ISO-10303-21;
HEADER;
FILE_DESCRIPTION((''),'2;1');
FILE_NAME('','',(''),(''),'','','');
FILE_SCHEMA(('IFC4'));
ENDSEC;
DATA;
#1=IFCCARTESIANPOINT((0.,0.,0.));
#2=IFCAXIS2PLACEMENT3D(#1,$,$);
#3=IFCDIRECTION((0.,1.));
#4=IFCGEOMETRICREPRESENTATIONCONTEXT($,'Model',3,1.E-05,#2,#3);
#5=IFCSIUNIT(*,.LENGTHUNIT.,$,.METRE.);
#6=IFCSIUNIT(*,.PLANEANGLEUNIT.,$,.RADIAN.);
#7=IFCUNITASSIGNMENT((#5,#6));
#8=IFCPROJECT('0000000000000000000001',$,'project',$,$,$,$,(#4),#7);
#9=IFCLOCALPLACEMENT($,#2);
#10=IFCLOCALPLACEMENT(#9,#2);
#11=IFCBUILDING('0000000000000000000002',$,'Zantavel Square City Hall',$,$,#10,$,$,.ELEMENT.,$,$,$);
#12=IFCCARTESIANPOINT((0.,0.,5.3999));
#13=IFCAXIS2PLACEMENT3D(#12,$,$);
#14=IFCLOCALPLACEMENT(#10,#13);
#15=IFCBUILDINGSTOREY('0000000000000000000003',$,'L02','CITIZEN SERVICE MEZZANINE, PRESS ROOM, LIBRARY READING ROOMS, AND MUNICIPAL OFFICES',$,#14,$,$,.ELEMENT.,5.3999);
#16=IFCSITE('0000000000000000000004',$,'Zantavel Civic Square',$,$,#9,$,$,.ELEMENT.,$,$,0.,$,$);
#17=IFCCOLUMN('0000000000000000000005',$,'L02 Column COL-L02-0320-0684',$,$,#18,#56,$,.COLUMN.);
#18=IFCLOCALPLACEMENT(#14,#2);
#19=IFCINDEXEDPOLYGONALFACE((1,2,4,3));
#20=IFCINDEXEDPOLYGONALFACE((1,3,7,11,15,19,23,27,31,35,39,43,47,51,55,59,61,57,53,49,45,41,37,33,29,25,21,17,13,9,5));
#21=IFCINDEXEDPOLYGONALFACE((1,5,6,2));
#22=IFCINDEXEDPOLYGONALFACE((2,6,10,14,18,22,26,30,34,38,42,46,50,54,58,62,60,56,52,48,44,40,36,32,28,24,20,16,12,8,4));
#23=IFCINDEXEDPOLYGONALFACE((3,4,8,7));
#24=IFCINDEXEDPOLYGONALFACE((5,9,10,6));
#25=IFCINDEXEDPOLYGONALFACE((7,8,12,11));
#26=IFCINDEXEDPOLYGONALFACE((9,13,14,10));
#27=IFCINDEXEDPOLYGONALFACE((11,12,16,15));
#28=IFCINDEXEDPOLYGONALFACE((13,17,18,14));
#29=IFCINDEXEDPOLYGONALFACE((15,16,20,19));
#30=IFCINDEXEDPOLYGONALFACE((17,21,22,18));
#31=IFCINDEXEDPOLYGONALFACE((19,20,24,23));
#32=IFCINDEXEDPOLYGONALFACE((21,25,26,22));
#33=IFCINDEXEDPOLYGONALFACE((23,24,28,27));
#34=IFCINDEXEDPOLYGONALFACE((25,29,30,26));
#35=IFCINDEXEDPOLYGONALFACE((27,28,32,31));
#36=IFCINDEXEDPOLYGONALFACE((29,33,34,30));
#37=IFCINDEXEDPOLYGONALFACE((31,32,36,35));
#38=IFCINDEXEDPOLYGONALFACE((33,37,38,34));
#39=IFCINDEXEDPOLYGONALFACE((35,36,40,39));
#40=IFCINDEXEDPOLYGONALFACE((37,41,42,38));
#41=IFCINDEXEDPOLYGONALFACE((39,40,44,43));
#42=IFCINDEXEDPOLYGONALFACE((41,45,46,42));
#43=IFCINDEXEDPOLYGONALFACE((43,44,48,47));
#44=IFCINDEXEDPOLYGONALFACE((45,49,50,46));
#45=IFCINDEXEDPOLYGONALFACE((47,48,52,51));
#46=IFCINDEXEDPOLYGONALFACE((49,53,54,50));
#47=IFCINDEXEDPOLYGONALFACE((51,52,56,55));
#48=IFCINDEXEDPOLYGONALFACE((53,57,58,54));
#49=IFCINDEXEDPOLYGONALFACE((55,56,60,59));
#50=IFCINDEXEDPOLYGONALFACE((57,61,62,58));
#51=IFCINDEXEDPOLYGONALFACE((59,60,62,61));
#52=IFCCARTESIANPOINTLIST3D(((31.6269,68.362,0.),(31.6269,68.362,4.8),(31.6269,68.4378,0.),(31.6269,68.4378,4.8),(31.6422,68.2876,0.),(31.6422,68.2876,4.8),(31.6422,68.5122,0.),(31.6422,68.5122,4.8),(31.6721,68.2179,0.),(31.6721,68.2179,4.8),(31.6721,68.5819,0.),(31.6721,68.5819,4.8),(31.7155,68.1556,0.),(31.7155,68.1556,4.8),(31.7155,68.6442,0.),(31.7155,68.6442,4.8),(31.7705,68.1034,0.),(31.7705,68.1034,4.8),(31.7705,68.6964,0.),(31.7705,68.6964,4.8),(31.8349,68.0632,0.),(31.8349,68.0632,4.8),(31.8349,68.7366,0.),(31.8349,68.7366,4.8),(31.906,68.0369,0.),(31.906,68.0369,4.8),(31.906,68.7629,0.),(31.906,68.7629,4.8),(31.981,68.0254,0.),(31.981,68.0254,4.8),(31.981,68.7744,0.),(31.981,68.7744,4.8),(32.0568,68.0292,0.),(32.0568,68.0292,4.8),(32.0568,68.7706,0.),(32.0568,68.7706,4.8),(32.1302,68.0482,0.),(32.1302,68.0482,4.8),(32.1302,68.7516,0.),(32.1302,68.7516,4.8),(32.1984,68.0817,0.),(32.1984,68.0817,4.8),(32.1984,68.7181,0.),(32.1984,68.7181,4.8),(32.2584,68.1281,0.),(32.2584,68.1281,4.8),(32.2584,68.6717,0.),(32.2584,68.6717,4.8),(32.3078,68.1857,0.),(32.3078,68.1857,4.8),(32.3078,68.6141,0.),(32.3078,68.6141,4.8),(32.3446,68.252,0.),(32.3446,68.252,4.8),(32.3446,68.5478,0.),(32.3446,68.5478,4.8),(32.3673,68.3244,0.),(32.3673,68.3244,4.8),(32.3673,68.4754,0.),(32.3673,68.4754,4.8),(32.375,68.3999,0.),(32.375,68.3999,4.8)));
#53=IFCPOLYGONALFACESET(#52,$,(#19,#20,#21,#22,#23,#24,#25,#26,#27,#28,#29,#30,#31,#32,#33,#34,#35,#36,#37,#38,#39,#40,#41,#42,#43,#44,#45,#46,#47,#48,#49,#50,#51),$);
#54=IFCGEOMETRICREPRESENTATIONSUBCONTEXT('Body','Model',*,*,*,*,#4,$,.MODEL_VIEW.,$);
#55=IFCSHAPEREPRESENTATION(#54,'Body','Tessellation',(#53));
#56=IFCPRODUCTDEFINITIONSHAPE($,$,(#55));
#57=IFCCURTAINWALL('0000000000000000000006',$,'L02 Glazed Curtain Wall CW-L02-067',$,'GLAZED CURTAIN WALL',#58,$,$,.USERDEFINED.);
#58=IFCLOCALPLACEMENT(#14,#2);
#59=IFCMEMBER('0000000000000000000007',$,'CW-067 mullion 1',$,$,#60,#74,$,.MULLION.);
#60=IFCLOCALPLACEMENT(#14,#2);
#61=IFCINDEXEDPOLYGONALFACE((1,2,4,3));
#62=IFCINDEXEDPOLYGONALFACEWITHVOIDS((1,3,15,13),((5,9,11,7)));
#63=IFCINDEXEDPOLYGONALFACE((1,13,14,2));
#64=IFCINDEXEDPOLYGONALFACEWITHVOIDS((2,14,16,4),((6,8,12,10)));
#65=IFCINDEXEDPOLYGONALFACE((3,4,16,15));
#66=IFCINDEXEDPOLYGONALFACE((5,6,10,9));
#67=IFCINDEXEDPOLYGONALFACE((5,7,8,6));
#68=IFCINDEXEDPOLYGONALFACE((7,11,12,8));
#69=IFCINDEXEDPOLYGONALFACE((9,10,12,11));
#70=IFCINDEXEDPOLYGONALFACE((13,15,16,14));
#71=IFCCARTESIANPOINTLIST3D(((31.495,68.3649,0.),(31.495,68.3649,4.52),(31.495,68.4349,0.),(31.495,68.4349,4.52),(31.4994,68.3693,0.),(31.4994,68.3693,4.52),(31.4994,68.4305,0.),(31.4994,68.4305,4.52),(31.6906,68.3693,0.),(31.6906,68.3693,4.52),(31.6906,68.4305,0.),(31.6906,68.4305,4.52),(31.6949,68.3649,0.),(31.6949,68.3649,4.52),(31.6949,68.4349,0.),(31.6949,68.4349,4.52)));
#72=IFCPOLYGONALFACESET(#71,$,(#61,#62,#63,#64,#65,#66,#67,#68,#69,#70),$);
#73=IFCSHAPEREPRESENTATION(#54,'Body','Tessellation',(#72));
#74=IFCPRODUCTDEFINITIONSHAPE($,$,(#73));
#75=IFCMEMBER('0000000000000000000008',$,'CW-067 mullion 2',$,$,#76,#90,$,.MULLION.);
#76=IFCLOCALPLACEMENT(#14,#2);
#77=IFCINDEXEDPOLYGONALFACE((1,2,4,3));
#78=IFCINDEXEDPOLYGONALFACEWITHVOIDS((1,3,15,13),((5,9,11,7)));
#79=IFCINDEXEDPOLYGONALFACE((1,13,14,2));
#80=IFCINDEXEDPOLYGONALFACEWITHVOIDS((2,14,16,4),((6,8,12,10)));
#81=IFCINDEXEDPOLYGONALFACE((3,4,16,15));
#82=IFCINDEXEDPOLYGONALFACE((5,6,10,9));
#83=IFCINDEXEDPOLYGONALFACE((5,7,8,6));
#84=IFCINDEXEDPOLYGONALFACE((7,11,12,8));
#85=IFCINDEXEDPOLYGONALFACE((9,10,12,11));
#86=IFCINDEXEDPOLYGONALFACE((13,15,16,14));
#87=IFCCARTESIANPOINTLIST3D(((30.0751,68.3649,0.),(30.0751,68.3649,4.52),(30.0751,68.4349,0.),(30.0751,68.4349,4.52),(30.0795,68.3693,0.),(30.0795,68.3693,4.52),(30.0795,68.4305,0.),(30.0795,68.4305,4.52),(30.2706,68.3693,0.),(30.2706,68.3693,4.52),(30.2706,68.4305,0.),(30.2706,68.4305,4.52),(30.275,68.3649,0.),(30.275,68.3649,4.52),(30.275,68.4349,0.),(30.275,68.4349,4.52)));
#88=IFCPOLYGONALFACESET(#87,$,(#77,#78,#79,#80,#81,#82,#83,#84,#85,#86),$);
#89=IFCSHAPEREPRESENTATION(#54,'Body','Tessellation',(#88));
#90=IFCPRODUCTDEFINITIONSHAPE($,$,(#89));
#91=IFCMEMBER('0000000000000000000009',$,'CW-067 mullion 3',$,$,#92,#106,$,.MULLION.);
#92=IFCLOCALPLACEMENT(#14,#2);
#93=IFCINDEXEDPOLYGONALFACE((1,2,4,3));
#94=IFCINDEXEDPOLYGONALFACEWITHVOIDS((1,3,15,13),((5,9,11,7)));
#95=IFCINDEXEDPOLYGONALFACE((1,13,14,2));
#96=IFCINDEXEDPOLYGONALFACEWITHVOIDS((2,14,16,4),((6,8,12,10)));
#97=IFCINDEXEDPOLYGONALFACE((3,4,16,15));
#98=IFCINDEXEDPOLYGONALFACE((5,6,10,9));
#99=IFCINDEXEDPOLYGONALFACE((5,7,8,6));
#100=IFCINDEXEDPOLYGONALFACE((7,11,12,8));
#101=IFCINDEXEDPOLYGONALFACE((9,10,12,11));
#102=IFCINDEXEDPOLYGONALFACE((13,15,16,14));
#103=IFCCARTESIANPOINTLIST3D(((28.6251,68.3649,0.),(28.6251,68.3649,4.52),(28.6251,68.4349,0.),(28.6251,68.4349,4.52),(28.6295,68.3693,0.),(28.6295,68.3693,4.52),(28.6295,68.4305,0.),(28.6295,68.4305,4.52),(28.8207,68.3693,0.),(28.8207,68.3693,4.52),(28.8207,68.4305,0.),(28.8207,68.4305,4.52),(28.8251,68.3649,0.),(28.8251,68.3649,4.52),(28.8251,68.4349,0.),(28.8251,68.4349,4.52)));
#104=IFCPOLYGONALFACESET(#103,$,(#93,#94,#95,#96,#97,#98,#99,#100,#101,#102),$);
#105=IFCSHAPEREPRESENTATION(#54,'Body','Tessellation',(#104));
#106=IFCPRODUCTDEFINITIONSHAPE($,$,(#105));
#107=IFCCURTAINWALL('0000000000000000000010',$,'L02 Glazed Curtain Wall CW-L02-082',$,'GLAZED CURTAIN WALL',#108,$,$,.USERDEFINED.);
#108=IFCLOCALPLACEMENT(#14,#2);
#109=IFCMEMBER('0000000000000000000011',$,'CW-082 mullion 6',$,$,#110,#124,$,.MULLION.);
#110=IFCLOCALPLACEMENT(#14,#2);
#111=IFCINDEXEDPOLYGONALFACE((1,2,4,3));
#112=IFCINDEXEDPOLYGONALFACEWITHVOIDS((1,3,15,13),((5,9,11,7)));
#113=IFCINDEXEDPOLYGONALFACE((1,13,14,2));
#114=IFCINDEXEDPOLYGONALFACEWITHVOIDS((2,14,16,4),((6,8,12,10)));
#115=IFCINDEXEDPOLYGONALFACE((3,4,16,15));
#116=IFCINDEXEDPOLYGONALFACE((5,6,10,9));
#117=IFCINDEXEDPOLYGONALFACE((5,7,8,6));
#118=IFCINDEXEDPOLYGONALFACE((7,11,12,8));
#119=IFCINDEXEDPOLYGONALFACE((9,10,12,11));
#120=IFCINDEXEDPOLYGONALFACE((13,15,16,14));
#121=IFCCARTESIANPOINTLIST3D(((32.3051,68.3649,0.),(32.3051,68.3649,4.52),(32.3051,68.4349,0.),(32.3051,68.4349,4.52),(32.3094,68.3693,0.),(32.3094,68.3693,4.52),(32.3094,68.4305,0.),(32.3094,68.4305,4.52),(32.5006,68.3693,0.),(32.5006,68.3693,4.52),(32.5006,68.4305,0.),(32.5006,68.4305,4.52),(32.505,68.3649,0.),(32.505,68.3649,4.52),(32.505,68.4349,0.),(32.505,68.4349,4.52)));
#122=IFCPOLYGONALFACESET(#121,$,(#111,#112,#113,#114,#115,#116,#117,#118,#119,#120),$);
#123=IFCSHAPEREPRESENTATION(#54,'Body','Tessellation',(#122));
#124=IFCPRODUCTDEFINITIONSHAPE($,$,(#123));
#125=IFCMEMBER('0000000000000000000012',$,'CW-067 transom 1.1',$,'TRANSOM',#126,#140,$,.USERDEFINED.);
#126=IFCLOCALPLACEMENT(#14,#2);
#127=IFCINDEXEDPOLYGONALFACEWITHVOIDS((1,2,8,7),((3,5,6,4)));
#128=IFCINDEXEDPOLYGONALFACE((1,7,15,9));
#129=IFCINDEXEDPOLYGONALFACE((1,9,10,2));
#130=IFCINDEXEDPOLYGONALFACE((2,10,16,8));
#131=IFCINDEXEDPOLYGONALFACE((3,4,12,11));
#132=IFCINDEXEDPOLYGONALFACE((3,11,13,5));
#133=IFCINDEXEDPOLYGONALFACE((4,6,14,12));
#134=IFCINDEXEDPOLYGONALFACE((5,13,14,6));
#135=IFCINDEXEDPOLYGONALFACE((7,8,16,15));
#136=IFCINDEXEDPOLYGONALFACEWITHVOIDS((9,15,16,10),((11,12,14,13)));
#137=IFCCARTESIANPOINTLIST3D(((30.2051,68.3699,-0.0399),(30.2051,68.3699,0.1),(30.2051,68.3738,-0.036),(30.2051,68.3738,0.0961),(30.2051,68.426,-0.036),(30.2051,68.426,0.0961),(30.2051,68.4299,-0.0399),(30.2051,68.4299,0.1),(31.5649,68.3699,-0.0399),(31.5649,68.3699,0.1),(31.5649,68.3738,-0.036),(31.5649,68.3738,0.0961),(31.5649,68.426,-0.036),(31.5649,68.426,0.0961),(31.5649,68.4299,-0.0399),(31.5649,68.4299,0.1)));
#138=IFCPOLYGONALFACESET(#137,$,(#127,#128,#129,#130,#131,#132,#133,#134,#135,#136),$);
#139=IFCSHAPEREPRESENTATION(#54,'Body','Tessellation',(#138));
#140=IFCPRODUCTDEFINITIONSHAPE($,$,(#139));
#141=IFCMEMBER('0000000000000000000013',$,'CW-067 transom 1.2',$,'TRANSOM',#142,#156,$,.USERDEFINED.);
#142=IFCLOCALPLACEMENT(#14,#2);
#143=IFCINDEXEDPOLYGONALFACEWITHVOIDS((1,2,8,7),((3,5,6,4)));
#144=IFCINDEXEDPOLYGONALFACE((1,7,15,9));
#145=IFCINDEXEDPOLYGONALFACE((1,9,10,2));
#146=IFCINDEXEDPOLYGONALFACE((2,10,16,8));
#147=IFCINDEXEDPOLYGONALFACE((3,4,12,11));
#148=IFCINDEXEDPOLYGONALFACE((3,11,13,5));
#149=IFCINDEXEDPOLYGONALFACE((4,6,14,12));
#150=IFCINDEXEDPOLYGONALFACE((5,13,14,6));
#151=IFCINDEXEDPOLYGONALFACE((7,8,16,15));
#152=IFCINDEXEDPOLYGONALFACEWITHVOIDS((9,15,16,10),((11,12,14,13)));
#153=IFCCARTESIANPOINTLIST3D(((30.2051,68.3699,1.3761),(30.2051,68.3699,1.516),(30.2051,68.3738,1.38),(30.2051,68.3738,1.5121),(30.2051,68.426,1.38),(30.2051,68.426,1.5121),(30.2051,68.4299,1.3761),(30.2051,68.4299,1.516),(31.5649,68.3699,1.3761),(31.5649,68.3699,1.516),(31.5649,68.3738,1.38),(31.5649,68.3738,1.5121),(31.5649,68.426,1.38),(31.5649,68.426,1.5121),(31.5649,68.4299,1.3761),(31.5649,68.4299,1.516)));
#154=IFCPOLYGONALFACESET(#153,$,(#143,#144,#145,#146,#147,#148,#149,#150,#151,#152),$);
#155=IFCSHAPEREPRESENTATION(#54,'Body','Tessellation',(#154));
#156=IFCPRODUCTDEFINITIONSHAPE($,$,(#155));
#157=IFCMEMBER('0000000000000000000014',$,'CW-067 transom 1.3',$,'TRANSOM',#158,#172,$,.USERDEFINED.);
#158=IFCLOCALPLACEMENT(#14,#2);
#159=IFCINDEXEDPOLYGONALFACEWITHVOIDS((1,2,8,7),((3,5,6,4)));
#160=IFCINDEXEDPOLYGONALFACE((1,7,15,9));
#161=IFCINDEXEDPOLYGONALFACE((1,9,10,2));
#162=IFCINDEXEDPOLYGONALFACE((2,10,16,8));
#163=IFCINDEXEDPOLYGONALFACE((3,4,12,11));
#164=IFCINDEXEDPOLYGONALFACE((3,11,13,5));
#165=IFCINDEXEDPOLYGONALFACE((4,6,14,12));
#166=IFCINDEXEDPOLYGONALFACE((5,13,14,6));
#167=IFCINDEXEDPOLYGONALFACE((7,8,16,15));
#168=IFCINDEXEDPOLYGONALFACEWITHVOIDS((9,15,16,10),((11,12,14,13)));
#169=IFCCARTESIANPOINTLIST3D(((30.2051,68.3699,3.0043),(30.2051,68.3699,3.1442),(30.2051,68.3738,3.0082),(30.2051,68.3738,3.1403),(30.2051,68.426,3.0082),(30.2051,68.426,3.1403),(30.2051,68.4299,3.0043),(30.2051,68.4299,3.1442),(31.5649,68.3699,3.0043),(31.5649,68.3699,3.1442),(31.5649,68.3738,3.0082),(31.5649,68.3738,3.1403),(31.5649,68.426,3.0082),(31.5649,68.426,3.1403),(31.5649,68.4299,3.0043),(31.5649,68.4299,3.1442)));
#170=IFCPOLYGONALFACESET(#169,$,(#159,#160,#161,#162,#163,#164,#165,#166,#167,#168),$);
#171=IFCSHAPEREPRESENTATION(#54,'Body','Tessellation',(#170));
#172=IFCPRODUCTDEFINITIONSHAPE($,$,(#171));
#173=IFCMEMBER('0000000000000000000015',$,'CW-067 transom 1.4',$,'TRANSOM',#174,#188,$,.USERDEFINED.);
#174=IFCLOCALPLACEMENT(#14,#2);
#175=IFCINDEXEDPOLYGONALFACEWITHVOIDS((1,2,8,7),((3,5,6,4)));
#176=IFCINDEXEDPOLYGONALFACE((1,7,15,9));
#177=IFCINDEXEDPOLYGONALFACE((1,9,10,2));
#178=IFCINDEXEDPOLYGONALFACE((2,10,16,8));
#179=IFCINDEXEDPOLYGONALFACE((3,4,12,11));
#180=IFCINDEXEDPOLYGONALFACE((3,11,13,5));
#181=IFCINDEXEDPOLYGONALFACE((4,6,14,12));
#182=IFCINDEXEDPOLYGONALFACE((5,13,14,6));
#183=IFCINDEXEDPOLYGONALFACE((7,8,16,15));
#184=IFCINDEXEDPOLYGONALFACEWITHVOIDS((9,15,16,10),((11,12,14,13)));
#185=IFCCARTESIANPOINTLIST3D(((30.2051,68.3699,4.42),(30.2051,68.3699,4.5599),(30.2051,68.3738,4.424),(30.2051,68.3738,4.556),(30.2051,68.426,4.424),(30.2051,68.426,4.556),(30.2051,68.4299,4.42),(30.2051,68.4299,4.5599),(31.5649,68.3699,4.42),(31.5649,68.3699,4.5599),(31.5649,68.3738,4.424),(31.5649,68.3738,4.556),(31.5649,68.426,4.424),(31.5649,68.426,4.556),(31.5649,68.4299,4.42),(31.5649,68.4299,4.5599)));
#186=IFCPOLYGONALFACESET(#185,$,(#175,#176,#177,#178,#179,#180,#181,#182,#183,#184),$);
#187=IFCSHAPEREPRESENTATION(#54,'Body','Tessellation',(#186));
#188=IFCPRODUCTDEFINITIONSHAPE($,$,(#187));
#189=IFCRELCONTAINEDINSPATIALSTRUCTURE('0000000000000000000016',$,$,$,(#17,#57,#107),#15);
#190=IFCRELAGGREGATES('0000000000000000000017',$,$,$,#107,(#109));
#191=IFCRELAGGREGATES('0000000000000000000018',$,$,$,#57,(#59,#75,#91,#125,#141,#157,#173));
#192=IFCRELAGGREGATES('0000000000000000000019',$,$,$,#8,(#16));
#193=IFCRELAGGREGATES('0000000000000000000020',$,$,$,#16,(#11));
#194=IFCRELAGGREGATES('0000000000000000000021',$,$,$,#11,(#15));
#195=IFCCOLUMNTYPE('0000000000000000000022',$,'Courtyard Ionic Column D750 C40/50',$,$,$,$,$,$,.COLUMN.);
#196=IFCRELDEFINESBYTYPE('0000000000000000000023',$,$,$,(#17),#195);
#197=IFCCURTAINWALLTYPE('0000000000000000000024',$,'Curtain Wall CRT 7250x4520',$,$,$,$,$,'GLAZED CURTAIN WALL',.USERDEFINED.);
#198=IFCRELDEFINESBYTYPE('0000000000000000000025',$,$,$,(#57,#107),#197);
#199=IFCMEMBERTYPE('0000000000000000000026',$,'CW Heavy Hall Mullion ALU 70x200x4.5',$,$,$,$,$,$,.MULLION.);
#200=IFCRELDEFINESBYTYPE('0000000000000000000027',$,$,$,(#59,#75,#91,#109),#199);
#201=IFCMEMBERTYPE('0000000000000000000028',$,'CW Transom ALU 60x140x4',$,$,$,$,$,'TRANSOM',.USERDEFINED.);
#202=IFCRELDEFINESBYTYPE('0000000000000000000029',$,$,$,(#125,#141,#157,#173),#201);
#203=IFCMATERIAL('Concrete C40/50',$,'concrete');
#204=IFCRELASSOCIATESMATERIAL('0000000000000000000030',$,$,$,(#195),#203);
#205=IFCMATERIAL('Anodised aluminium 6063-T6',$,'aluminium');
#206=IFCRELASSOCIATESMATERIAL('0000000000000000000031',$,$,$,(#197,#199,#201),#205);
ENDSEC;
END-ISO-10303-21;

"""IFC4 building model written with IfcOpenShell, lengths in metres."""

from ifc_helpers import new_model, si_unit, direction, frame, origin, origin_2d, place, context, subcontext, project, spatial, hollow_rectangle, circle, extrude, material, material_profile, profile_set, type_object, element, aggregate, save


model = new_model("IFC4")

# Units and contexts
model_context = context("Model", 3, precision=1e-05, world=origin(), true_north=direction((0.0, 1.0)))
body_context = subcontext(model_context, "Body", "Model", "MODEL_VIEW")
ifc_project = project(units=[si_unit("LENGTHUNIT", "METRE"), si_unit("PLANEANGLEUNIT", "RADIAN")], contexts=[model_context])

# Site, building, storey
site_placement = place(None, origin())
site = spatial("IfcSite", under=ifc_project, at=site_placement, Name="Zantavel Civic Square", CompositionType="ELEMENT", RefElevation=0.0)
building_placement = place(site_placement, origin())
building = spatial("IfcBuilding", under=site, at=building_placement, Name="Zantavel Square City Hall", CompositionType="ELEMENT")
storey_placement = place(building_placement, frame((0.0, 0.0, 5.3999)))
storey = spatial("IfcBuildingStorey", under=building, at=storey_placement, Name="L02", Description="CITIZEN SERVICE MEZZANINE, PRESS ROOM, LIBRARY READING ROOMS, AND MUNICIPAL OFFICES", CompositionType="ELEMENT", Elevation=5.3999)

# Column
ifc_material_1 = material(Name="Concrete C40/50", Category="concrete")
ifc_material_profile_1 = material_profile(ifc_material_1, circle(Radius=0.375, at=origin_2d()), Name="ROUND D750")
ifc_profile_set_1 = profile_set([ifc_material_profile_1], Name="Concrete C40/50")
column_type = type_object("IfcColumnType", Name="Courtyard Ionic Column D750 C40/50", PredefinedType="COLUMN", material=ifc_profile_set_1)
column_placement = place(storey_placement, frame((32.0, 68.3999, 0.0), z_axis=(0.0, 0.0, 1.0), x_axis=(1.0, 0.0, 0.0)))
element("IfcColumn", 1, at=column_placement, inside=storey, type_object=column_type, Name="L02 Column COL-L02-0320-0684", PredefinedType="COLUMN", context=body_context, shape_type="SweptSolid", body=[
    extrude(circle(Radius=0.375, at=origin_2d()), origin(), (0.0, 0.0, 1.0), 4.8),
])

# Curtain wall, members
ifc_material_2 = material(Name="Anodised aluminium 6063-T6", Category="aluminium")
curtain_wall_type = type_object("IfcCurtainWallType", Name="Curtain Wall CRT 7250x4520", ElementType="GLAZED CURTAIN WALL", PredefinedType="USERDEFINED", material=ifc_material_2)
curtain_wall_1_placement = place(storey_placement, origin())
curtain_wall_1 = element("IfcCurtainWall", 2, at=curtain_wall_1_placement, inside=storey, type_object=curtain_wall_type, Name="L02 Glazed Curtain Wall CW-L02-067", ObjectType="GLAZED CURTAIN WALL", PredefinedType="USERDEFINED")
ifc_material_profile_2 = material_profile(ifc_material_2, hollow_rectangle(XDim=0.0701, YDim=0.2, WallThickness=0.0044, at=origin_2d()), Name="ALU 70x200x4.5")
ifc_profile_set_2 = profile_set([ifc_material_profile_2], Name="Anodised aluminium 6063-T6")
member_type_1 = type_object("IfcMemberType", Name="CW Heavy Hall Mullion ALU 70x200x4.5", PredefinedType="MULLION", material=ifc_profile_set_2)
member_1_placement = place(storey_placement, frame((31.595, 68.3999, 0.0), z_axis=(0.0, 0.0, 1.0), x_axis=(0.0, -1.0, 0.0)))
member_1 = element("IfcMember", 3, at=member_1_placement, type_object=member_type_1, Name="CW-067 mullion 1", PredefinedType="MULLION", context=body_context, shape_type="SweptSolid", body=[
    extrude(hollow_rectangle(XDim=0.0701, YDim=0.2, WallThickness=0.0044, at=origin_2d()), origin(), (0.0, 0.0, 1.0), 4.52),
])
member_2_placement = place(storey_placement, frame((30.175, 68.3999, 0.0), z_axis=(0.0, 0.0, 1.0), x_axis=(0.0, -1.0, 0.0)))
member_2 = element("IfcMember", 4, at=member_2_placement, type_object=member_type_1, Name="CW-067 mullion 2", PredefinedType="MULLION", context=body_context, shape_type="SweptSolid", body=[
    extrude(hollow_rectangle(XDim=0.0701, YDim=0.2, WallThickness=0.0044, at=origin_2d()), origin(), (0.0, 0.0, 1.0), 4.52),
])
member_3_placement = place(storey_placement, frame((28.7251, 68.3999, 0.0), z_axis=(0.0, 0.0, 1.0), x_axis=(0.0, -1.0, 0.0)))
member_3 = element("IfcMember", 5, at=member_3_placement, type_object=member_type_1, Name="CW-067 mullion 3", PredefinedType="MULLION", context=body_context, shape_type="SweptSolid", body=[
    extrude(hollow_rectangle(XDim=0.0701, YDim=0.2, WallThickness=0.0044, at=origin_2d()), origin(), (0.0, 0.0, 1.0), 4.52),
])

# Curtain wall, member
curtain_wall_2_placement = place(storey_placement, origin())
curtain_wall_2 = element("IfcCurtainWall", 6, at=curtain_wall_2_placement, inside=storey, type_object=curtain_wall_type, Name="L02 Glazed Curtain Wall CW-L02-082", ObjectType="GLAZED CURTAIN WALL", PredefinedType="USERDEFINED")
member_4_placement = place(storey_placement, frame((32.405, 68.3999, 0.0), z_axis=(0.0, 0.0, 1.0), x_axis=(0.0, -1.0, 0.0)))
member_4 = element("IfcMember", 7, at=member_4_placement, type_object=member_type_1, Name="CW-082 mullion 6", PredefinedType="MULLION", context=body_context, shape_type="SweptSolid", body=[
    extrude(hollow_rectangle(XDim=0.0701, YDim=0.2, WallThickness=0.0044, at=origin_2d()), origin(), (0.0, 0.0, 1.0), 4.52),
])
aggregate(curtain_wall_2, [member_4])

# Members
ifc_material_profile_3 = material_profile(ifc_material_2, hollow_rectangle(XDim=0.0601, YDim=0.1399, WallThickness=0.0039, at=origin_2d()), Name="ALU 60x140x4")
ifc_profile_set_3 = profile_set([ifc_material_profile_3], Name="Anodised aluminium 6063-T6")
member_type_2 = type_object("IfcMemberType", Name="CW Transom ALU 60x140x4", ElementType="TRANSOM", PredefinedType="USERDEFINED", material=ifc_profile_set_3)
member_5_placement = place(storey_placement, frame((31.5649, 68.3999, 0.03), z_axis=(-1.0, 0.0, 0.0), x_axis=(0.0, -1.0, 0.0)))
member_5 = element("IfcMember", 8, at=member_5_placement, type_object=member_type_2, Name="CW-067 transom 1.1", ObjectType="TRANSOM", PredefinedType="USERDEFINED", context=body_context, shape_type="SweptSolid", body=[
    extrude(hollow_rectangle(XDim=0.0601, YDim=0.1399, WallThickness=0.0039, at=origin_2d()), origin(), (0.0, 0.0, 1.0), 1.3599),
])
member_6_placement = place(storey_placement, frame((31.5649, 68.3999, 1.446), z_axis=(-1.0, 0.0, 0.0), x_axis=(0.0, -1.0, 0.0)))
member_6 = element("IfcMember", 9, at=member_6_placement, type_object=member_type_2, Name="CW-067 transom 1.2", ObjectType="TRANSOM", PredefinedType="USERDEFINED", context=body_context, shape_type="SweptSolid", body=[
    extrude(hollow_rectangle(XDim=0.0601, YDim=0.1399, WallThickness=0.0039, at=origin_2d()), origin(), (0.0, 0.0, 1.0), 1.3599),
])
member_7_placement = place(storey_placement, frame((31.5649, 68.3999, 3.0742), z_axis=(-1.0, 0.0, 0.0), x_axis=(0.0, -1.0, 0.0)))
member_7 = element("IfcMember", 10, at=member_7_placement, type_object=member_type_2, Name="CW-067 transom 1.3", ObjectType="TRANSOM", PredefinedType="USERDEFINED", context=body_context, shape_type="SweptSolid", body=[
    extrude(hollow_rectangle(XDim=0.0601, YDim=0.1399, WallThickness=0.0039, at=origin_2d()), origin(), (0.0, 0.0, 1.0), 1.3599),
])
member_8_placement = place(storey_placement, frame((31.5649, 68.3999, 4.49), z_axis=(-1.0, 0.0, 0.0), x_axis=(0.0, -1.0, 0.0)))
member_8 = element("IfcMember", 11, at=member_8_placement, type_object=member_type_2, Name="CW-067 transom 1.4", ObjectType="TRANSOM", PredefinedType="USERDEFINED", context=body_context, shape_type="SweptSolid", body=[
    extrude(hollow_rectangle(XDim=0.0601, YDim=0.1399, WallThickness=0.0039, at=origin_2d()), origin(), (0.0, 0.0, 1.0), 1.3599),
])

aggregate(curtain_wall_1, [member_1, member_2, member_3, member_5, member_6, member_7, member_8])

save(model, "model.ifc")
